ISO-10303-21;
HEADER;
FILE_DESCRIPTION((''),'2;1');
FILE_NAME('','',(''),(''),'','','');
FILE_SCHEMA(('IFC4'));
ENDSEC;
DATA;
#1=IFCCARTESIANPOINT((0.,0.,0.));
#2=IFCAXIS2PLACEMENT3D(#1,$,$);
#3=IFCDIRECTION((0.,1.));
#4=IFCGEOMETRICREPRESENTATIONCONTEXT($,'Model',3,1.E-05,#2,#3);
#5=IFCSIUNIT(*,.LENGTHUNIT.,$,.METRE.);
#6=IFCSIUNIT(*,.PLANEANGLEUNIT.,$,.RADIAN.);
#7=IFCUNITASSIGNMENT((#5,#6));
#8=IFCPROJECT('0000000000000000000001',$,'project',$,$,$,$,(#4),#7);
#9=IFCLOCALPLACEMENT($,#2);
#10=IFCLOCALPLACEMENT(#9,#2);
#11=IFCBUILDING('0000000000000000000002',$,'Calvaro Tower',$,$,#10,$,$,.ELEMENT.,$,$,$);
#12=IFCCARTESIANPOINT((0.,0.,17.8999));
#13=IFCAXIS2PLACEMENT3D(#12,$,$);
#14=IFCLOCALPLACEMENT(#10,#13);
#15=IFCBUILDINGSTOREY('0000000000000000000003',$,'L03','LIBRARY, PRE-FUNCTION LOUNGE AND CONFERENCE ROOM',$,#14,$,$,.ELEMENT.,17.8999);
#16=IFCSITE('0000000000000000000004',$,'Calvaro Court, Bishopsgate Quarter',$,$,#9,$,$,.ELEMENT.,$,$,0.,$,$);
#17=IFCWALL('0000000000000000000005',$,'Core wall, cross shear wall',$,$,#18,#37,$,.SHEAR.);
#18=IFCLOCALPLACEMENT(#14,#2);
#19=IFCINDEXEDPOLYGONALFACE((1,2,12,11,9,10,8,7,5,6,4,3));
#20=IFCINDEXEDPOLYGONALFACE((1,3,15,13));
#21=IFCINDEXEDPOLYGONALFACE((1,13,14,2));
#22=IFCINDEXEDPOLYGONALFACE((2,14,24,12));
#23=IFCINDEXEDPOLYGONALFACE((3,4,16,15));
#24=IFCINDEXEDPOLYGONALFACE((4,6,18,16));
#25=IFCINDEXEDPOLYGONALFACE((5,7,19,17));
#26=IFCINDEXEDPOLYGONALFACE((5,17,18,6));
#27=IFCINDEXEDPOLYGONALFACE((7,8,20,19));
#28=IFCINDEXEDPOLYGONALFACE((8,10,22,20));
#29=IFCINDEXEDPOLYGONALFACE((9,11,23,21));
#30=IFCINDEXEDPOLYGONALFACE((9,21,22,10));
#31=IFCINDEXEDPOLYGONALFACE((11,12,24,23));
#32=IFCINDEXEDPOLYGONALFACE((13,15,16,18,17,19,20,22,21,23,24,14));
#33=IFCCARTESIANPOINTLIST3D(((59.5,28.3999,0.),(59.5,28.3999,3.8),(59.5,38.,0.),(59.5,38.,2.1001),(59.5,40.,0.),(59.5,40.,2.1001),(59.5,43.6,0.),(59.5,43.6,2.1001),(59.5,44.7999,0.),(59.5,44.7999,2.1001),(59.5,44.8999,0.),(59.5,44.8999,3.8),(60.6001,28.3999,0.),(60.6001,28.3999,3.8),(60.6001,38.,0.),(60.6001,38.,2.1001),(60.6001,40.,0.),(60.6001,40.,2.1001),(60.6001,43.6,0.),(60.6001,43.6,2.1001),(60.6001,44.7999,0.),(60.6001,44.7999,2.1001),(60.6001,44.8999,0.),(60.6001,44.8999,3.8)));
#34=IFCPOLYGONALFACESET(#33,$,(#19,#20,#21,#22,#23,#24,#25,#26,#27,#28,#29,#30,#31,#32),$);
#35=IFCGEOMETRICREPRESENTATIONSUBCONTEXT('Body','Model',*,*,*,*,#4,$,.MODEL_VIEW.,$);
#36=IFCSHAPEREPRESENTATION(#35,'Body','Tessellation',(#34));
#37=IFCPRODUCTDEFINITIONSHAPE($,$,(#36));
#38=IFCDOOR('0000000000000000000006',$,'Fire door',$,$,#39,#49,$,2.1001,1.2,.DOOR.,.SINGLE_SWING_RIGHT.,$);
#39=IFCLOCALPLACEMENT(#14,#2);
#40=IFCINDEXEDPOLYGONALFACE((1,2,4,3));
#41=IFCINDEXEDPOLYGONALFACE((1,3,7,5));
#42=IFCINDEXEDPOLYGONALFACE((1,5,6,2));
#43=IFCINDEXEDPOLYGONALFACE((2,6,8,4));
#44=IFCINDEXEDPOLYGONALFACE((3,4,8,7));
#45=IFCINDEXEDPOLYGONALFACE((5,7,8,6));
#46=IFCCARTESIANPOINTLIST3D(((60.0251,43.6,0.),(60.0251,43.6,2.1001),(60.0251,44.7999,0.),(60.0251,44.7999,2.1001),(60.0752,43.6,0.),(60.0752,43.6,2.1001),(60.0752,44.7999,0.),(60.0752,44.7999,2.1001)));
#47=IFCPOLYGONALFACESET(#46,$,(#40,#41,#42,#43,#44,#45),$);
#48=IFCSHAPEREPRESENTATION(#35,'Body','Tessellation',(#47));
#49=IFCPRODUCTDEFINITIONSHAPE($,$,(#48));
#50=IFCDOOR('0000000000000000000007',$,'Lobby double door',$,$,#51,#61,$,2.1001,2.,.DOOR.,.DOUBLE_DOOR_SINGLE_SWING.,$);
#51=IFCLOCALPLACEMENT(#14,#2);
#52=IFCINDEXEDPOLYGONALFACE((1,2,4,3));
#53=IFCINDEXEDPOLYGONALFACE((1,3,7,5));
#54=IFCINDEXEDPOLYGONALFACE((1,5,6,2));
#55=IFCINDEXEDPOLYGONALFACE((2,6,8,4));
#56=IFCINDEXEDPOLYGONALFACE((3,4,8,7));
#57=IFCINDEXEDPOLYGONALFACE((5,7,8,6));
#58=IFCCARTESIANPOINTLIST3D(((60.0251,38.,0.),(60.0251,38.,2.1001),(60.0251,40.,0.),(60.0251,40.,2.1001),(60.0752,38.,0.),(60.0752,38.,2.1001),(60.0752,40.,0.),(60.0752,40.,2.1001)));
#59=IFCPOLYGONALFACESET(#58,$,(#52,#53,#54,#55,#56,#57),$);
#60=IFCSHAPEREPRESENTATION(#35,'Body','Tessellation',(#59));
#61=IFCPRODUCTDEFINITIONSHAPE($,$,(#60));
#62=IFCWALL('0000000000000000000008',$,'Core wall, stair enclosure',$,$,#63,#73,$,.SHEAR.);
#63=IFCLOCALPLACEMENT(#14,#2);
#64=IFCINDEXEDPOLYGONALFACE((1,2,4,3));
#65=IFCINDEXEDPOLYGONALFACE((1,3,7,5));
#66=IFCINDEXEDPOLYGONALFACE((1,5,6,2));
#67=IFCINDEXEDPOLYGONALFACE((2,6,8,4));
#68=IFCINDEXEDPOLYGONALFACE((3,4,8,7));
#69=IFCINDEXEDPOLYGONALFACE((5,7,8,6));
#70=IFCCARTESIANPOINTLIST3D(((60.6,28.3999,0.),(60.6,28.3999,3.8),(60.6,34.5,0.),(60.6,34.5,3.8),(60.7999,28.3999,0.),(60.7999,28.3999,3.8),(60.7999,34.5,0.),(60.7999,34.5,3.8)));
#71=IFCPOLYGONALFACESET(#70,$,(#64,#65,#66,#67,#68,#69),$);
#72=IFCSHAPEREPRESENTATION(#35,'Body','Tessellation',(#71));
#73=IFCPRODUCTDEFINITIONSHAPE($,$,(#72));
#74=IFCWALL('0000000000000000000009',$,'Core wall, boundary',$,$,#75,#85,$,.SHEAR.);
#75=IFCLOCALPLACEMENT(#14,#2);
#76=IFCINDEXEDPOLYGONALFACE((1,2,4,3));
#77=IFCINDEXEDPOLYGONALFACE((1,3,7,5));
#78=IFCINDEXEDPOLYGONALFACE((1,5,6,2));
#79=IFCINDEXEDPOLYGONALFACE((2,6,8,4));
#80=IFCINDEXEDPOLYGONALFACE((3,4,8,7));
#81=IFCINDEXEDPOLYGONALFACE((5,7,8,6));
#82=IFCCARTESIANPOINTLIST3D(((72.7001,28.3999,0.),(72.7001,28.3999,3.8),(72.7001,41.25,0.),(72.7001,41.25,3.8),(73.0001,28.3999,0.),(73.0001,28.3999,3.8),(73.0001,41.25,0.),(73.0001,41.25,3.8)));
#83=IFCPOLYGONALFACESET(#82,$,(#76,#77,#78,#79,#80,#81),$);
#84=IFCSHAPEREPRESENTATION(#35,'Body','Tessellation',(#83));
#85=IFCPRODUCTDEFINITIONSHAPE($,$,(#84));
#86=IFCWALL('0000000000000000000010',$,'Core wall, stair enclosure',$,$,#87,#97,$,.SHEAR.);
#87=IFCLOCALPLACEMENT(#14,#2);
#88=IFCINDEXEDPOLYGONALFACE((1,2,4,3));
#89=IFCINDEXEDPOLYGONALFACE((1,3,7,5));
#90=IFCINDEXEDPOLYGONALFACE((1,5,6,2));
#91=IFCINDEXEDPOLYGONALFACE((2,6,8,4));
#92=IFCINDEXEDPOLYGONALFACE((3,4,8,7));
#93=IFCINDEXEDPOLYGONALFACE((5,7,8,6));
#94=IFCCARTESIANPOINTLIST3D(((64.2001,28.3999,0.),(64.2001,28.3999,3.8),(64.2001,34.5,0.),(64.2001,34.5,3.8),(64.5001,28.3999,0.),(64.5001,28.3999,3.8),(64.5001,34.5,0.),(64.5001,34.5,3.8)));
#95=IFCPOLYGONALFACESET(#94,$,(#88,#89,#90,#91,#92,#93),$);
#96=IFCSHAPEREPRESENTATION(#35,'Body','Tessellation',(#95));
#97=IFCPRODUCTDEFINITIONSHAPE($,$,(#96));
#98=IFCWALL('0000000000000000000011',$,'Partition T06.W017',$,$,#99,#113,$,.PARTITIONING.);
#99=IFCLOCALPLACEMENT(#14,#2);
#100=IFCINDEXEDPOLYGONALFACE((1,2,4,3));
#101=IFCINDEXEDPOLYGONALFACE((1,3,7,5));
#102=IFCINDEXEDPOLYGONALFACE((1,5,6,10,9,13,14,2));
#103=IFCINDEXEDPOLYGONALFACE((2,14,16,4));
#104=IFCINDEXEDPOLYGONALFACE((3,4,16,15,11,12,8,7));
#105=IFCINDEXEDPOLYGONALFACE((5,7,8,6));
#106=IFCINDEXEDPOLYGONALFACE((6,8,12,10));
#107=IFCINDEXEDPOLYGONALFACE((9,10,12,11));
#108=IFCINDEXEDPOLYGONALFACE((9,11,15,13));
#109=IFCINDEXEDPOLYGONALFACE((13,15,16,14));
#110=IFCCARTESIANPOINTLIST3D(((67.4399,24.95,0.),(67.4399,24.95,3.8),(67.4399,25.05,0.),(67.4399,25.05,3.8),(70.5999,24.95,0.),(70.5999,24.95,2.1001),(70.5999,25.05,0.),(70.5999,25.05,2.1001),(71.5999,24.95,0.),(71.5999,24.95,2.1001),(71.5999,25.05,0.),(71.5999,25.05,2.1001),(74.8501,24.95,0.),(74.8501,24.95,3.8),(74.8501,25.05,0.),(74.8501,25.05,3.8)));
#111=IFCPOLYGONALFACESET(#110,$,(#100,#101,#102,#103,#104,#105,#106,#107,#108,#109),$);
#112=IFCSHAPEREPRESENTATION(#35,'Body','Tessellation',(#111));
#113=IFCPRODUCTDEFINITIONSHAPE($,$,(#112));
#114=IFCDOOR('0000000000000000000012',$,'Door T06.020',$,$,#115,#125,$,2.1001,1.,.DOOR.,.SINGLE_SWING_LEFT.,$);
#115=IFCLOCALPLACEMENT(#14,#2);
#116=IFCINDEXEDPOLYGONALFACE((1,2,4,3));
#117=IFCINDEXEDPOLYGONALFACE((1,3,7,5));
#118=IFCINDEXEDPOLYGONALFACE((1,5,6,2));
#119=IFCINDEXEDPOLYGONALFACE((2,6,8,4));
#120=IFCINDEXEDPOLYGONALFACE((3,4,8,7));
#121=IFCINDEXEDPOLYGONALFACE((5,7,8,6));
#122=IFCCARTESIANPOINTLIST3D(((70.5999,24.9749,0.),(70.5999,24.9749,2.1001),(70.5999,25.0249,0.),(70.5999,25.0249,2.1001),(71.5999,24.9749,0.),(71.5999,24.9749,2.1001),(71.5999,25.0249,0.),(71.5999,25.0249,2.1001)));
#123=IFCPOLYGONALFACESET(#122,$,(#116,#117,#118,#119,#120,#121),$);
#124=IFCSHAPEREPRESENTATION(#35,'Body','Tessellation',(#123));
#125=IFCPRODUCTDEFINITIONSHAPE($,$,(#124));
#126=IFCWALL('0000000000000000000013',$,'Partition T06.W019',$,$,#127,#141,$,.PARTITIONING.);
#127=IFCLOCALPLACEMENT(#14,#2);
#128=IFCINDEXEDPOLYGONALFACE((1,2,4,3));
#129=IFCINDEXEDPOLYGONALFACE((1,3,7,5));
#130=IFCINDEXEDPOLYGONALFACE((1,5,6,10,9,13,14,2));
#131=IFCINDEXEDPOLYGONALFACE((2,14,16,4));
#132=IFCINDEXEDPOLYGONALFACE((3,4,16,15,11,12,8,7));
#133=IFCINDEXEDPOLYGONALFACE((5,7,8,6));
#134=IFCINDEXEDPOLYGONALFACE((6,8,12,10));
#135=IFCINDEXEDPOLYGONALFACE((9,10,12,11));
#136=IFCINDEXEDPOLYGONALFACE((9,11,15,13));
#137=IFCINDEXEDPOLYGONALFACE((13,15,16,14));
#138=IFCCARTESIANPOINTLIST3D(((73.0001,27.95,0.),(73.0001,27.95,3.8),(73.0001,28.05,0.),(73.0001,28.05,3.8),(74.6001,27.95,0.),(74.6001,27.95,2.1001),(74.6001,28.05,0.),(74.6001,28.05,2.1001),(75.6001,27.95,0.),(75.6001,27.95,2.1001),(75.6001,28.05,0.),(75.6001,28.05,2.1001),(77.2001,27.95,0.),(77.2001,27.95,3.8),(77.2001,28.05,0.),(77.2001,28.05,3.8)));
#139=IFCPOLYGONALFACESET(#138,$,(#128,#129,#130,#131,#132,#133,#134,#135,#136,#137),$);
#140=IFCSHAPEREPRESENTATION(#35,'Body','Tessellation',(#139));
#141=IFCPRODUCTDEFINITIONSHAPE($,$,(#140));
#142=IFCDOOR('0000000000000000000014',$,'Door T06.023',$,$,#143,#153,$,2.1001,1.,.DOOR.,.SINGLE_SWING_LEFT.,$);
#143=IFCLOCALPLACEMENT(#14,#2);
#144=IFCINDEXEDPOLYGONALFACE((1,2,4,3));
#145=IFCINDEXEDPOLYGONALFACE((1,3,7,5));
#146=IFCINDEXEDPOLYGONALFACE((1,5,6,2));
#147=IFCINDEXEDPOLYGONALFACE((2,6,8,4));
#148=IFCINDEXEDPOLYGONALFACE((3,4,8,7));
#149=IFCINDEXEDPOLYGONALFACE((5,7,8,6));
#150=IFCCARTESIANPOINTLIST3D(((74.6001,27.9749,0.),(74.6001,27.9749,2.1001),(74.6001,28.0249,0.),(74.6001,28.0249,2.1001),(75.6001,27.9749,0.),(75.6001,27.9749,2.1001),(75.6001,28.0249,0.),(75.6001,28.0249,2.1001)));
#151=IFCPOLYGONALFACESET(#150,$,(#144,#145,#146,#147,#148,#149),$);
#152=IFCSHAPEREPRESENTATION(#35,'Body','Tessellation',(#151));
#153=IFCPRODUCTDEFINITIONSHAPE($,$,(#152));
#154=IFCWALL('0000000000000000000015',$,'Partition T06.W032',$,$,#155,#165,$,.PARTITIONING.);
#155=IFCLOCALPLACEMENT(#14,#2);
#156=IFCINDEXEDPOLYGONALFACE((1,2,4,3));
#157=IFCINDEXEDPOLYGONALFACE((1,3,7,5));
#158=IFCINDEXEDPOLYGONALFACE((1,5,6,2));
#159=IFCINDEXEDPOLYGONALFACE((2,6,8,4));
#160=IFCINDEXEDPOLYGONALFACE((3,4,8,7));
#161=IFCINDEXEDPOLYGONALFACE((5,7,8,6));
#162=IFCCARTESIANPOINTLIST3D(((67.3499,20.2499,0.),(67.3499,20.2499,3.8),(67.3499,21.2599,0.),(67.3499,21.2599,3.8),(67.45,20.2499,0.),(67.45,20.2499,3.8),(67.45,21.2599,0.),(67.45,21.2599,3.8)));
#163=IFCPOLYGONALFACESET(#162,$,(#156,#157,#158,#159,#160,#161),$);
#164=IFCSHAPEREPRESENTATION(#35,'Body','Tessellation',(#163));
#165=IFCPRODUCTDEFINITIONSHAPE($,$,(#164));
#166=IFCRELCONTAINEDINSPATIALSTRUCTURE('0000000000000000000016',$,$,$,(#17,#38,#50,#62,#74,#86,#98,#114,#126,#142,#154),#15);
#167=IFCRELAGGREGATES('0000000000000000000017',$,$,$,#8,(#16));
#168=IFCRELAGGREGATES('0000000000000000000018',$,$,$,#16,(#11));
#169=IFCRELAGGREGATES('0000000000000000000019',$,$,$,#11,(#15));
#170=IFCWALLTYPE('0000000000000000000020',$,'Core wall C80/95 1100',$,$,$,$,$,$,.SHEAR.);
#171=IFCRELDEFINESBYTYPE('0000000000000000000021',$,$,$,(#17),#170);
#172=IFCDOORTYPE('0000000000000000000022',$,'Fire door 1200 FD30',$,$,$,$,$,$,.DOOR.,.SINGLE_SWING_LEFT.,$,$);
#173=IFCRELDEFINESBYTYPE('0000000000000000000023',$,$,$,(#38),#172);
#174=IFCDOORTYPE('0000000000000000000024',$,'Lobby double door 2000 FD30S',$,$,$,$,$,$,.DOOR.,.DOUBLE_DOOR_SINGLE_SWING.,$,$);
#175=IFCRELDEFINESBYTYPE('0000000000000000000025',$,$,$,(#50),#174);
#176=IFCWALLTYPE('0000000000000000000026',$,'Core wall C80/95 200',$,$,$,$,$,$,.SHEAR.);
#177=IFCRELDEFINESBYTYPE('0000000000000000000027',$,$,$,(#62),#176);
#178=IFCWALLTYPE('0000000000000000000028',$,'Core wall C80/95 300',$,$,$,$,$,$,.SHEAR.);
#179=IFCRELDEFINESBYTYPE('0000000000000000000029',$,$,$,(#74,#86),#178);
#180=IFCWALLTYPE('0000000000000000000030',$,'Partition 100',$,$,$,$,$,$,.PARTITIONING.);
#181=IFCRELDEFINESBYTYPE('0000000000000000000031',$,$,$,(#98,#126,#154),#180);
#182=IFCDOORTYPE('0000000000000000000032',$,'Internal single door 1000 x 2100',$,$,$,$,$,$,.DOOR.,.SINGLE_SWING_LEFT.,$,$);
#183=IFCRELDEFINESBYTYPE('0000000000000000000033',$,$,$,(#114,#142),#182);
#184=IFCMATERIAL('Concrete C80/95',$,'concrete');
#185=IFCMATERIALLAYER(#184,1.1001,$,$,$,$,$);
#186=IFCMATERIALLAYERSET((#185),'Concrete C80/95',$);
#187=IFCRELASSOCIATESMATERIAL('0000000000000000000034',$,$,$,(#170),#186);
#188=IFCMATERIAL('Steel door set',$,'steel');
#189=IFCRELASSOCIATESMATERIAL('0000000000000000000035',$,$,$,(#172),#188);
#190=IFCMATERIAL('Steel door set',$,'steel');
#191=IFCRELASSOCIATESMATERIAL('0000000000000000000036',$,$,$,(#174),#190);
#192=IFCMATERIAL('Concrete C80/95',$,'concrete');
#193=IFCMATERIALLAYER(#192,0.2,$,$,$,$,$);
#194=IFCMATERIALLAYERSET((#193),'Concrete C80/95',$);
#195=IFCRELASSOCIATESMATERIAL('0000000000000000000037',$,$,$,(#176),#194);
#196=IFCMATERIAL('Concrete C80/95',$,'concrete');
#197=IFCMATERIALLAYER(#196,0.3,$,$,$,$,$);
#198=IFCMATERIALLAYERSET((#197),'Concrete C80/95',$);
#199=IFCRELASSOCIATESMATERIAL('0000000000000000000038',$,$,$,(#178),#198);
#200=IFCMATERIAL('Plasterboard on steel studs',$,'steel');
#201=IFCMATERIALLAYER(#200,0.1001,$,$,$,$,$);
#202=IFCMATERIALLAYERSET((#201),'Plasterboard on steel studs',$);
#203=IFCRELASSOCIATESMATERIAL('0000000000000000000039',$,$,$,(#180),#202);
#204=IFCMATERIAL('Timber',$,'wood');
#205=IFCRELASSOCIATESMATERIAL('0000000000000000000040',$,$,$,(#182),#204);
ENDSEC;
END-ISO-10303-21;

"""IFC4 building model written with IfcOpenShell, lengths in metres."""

from ifc_helpers import new_model, si_unit, direction, frame, frame_2d, origin, place, context, subcontext, project, spatial, rectangle, extrude, material, layer, layer_set, type_object, element, fill, save


model = new_model("IFC4")

# Units and contexts
model_context = context("Model", 3, precision=1e-05, world=origin(), true_north=direction((0.0, 1.0)))
body_context = subcontext(model_context, "Body", "Model", "MODEL_VIEW")
ifc_project = project(units=[si_unit("LENGTHUNIT", "METRE"), si_unit("PLANEANGLEUNIT", "RADIAN")], contexts=[model_context])

# Site, building, storey
site_placement = place(None, origin())
site = spatial("IfcSite", under=ifc_project, at=site_placement, Name="Calvaro Court, Bishopsgate Quarter", CompositionType="ELEMENT", RefElevation=0.0)
building_placement = place(site_placement, origin())
building = spatial("IfcBuilding", under=site, at=building_placement, Name="Calvaro Tower", CompositionType="ELEMENT")
storey_placement = place(building_placement, frame((0.0, 0.0, 17.8999)))
storey = spatial("IfcBuildingStorey", under=building, at=storey_placement, Name="L03", Description="LIBRARY, PRE-FUNCTION LOUNGE AND CONFERENCE ROOM", CompositionType="ELEMENT", Elevation=17.8999)

# Wall, openings, doors
ifc_material_1 = material(Name="Concrete C80/95", Category="concrete")
ifc_layer_1 = layer(ifc_material_1, 1.1001)
ifc_layer_set_1 = layer_set([ifc_layer_1], Name="Concrete C80/95")
wall_type_1 = type_object("IfcWallType", Name="Core wall C80/95 1100", PredefinedType="SHEAR", material=ifc_layer_set_1)
wall_1_placement = place(storey_placement, frame((60.05, 28.3999, 0.0), z_axis=(0.0, 0.0, 1.0), x_axis=(0.0, 1.0, 0.0)))
wall_1 = element("IfcWall", 1, at=wall_1_placement, inside=storey, type_object=wall_type_1, Name="Core wall, cross shear wall", PredefinedType="SHEAR", context=body_context, shape_type="SweptSolid", body=[
    extrude(rectangle(XDim=16.5, YDim=1.1001, at=frame_2d((8.25, 0.0))), origin(), (0.0, 0.0, 1.0), 3.8),
])
opening_1_placement = place(wall_1_placement, frame((9.6001, 0.0, 0.0)))
opening_1 = element("IfcOpeningElement", 2, at=opening_1_placement, cuts=wall_1, PredefinedType="OPENING", context=body_context, shape_type="SweptSolid", body=[
    extrude(rectangle(XDim=2.0, YDim=2.1001, at=frame_2d((1.0, 1.05))), frame((0.0, 0.5601, 0.0), z_axis=(0.0, -1.0, 0.0), x_axis=(1.0, 0.0, 0.0)), (0.0, 0.0, 1.0), 1.1201),
])
opening_2_placement = place(wall_1_placement, frame((15.2, 0.0, 0.0)))
opening_2 = element("IfcOpeningElement", 3, at=opening_2_placement, cuts=wall_1, PredefinedType="OPENING", context=body_context, shape_type="SweptSolid", body=[
    extrude(rectangle(XDim=1.2, YDim=2.1001, at=frame_2d((0.6001, 1.05))), frame((0.0, 0.5601, 0.0), z_axis=(0.0, -1.0, 0.0), x_axis=(1.0, 0.0, 0.0)), (0.0, 0.0, 1.0), 1.1201),
])
ifc_material_2 = material(Name="Steel door set", Category="steel")
door_type_1 = type_object("IfcDoorType", Name="Fire door 1200 FD30", OperationType="SINGLE_SWING_LEFT", PredefinedType="DOOR", material=ifc_material_2)
door_1_placement = place(opening_2_placement, origin())
door_1 = element("IfcDoor", 4, at=door_1_placement, inside=storey, type_object=door_type_1, Name="Fire door", OperationType="SINGLE_SWING_RIGHT", OverallHeight=2.1001, OverallWidth=1.2, PredefinedType="DOOR", context=body_context, shape_type="SweptSolid", body=[
    extrude(rectangle(XDim=1.2, YDim=2.1001, at=frame_2d((0.6001, 1.05))), frame((0.0, 0.0249, 0.0), z_axis=(0.0, -1.0, 0.0), x_axis=(1.0, 0.0, 0.0)), (0.0, 0.0, 1.0), 0.05),
])
fill(opening_2, door_1)
ifc_material_3 = material(Name="Steel door set", Category="steel")
door_type_2 = type_object("IfcDoorType", Name="Lobby double door 2000 FD30S", OperationType="DOUBLE_DOOR_SINGLE_SWING", PredefinedType="DOOR", material=ifc_material_3)
door_2_placement = place(opening_1_placement, origin())
door_2 = element("IfcDoor", 5, at=door_2_placement, inside=storey, type_object=door_type_2, Name="Lobby double door", OperationType="DOUBLE_DOOR_SINGLE_SWING", OverallHeight=2.1001, OverallWidth=2.0, PredefinedType="DOOR", context=body_context, shape_type="SweptSolid", body=[
    extrude(rectangle(XDim=2.0, YDim=2.1001, at=frame_2d((1.0, 1.05))), frame((0.0, 0.0249, 0.0), z_axis=(0.0, -1.0, 0.0), x_axis=(1.0, 0.0, 0.0)), (0.0, 0.0, 1.0), 0.05),
])
fill(opening_1, door_2)

# Walls
ifc_material_4 = material(Name="Concrete C80/95", Category="concrete")
ifc_layer_2 = layer(ifc_material_4, 0.2)
ifc_layer_set_2 = layer_set([ifc_layer_2], Name="Concrete C80/95")
wall_type_2 = type_object("IfcWallType", Name="Core wall C80/95 200", PredefinedType="SHEAR", material=ifc_layer_set_2)
wall_2_placement = place(storey_placement, frame((60.7, 28.3999, 0.0), z_axis=(0.0, 0.0, 1.0), x_axis=(0.0, 1.0, 0.0)))
element("IfcWall", 6, at=wall_2_placement, inside=storey, type_object=wall_type_2, Name="Core wall, stair enclosure", PredefinedType="SHEAR", context=body_context, shape_type="SweptSolid", body=[
    extrude(rectangle(XDim=6.1001, YDim=0.2, at=frame_2d((3.05, 0.0))), origin(), (0.0, 0.0, 1.0), 3.8),
])
ifc_material_5 = material(Name="Concrete C80/95", Category="concrete")
ifc_layer_3 = layer(ifc_material_5, 0.3)
ifc_layer_set_3 = layer_set([ifc_layer_3], Name="Concrete C80/95")
wall_type_3 = type_object("IfcWallType", Name="Core wall C80/95 300", PredefinedType="SHEAR", material=ifc_layer_set_3)
wall_3_placement = place(storey_placement, frame((72.8501, 28.3999, 0.0), z_axis=(0.0, 0.0, 1.0), x_axis=(0.0, 1.0, 0.0)))
element("IfcWall", 7, at=wall_3_placement, inside=storey, type_object=wall_type_3, Name="Core wall, boundary", PredefinedType="SHEAR", context=body_context, shape_type="SweptSolid", body=[
    extrude(rectangle(XDim=12.8501, YDim=0.3, at=frame_2d((6.425, 0.0))), origin(), (0.0, 0.0, 1.0), 3.8),
])
wall_4_placement = place(storey_placement, frame((64.3501, 28.3999, 0.0), z_axis=(0.0, 0.0, 1.0), x_axis=(0.0, 1.0, 0.0)))
element("IfcWall", 8, at=wall_4_placement, inside=storey, type_object=wall_type_3, Name="Core wall, stair enclosure", PredefinedType="SHEAR", context=body_context, shape_type="SweptSolid", body=[
    extrude(rectangle(XDim=6.1001, YDim=0.3, at=frame_2d((3.05, 0.0))), origin(), (0.0, 0.0, 1.0), 3.8),
])

# Walls, openings, doors
ifc_material_6 = material(Name="Plasterboard on steel studs", Category="steel")
ifc_layer_4 = layer(ifc_material_6, 0.1001)
ifc_layer_set_4 = layer_set([ifc_layer_4], Name="Plasterboard on steel studs")
wall_type_4 = type_object("IfcWallType", Name="Partition 100", PredefinedType="PARTITIONING", material=ifc_layer_set_4)
wall_5_placement = place(storey_placement, frame((67.4399, 25.0, 0.0), z_axis=(0.0, 0.0, 1.0), x_axis=(1.0, 0.0, 0.0)))
wall_5 = element("IfcWall", 9, at=wall_5_placement, inside=storey, type_object=wall_type_4, Name="Partition T06.W017", PredefinedType="PARTITIONING", context=body_context, shape_type="SweptSolid", body=[
    extrude(rectangle(XDim=7.4102, YDim=0.1001, at=frame_2d((3.7051, 0.0))), origin(), (0.0, 0.0, 1.0), 3.8),
])
opening_3_placement = place(wall_5_placement, frame((3.1599, 0.0, 0.0)))
opening_3 = element("IfcOpeningElement", 10, at=opening_3_placement, cuts=wall_5, PredefinedType="OPENING", context=body_context, shape_type="SweptSolid", body=[
    extrude(rectangle(XDim=1.0, YDim=2.1001, at=frame_2d((0.5, 1.05))), frame((0.0, 0.0601, 0.0), z_axis=(0.0, -1.0, 0.0), x_axis=(1.0, 0.0, 0.0)), (0.0, 0.0, 1.0), 0.1201),
])
ifc_material_7 = material(Name="Timber", Category="wood")
door_type_3 = type_object("IfcDoorType", Name="Internal single door 1000 x 2100", OperationType="SINGLE_SWING_LEFT", PredefinedType="DOOR", material=ifc_material_7)
door_3_placement = place(opening_3_placement, origin())
door_3 = element("IfcDoor", 11, at=door_3_placement, inside=storey, type_object=door_type_3, Name="Door T06.020", OperationType="SINGLE_SWING_LEFT", OverallHeight=2.1001, OverallWidth=1.0, PredefinedType="DOOR", context=body_context, shape_type="SweptSolid", body=[
    extrude(rectangle(XDim=1.0, YDim=2.1001, at=frame_2d((0.5, 1.05))), frame((0.0, 0.0249, 0.0), z_axis=(0.0, -1.0, 0.0), x_axis=(1.0, 0.0, 0.0)), (0.0, 0.0, 1.0), 0.05),
])
fill(opening_3, door_3)
wall_6_placement = place(storey_placement, frame((73.0, 28.0, 0.0), z_axis=(0.0, 0.0, 1.0), x_axis=(1.0, 0.0, 0.0)))
wall_6 = element("IfcWall", 12, at=wall_6_placement, inside=storey, type_object=wall_type_4, Name="Partition T06.W019", PredefinedType="PARTITIONING", context=body_context, shape_type="SweptSolid", body=[
    extrude(rectangle(XDim=4.2, YDim=0.1001, at=frame_2d((2.1001, 0.0))), origin(), (0.0, 0.0, 1.0), 3.8),
])
opening_4_placement = place(wall_6_placement, frame((1.6001, 0.0, 0.0)))
opening_4 = element("IfcOpeningElement", 13, at=opening_4_placement, cuts=wall_6, PredefinedType="OPENING", context=body_context, shape_type="SweptSolid", body=[
    extrude(rectangle(XDim=1.0, YDim=2.1001, at=frame_2d((0.5, 1.05))), frame((0.0, 0.0601, 0.0), z_axis=(0.0, -1.0, 0.0), x_axis=(1.0, 0.0, 0.0)), (0.0, 0.0, 1.0), 0.1201),
])
door_4_placement = place(opening_4_placement, origin())
door_4 = element("IfcDoor", 14, at=door_4_placement, inside=storey, type_object=door_type_3, Name="Door T06.023", OperationType="SINGLE_SWING_LEFT", OverallHeight=2.1001, OverallWidth=1.0, PredefinedType="DOOR", context=body_context, shape_type="SweptSolid", body=[
    extrude(rectangle(XDim=1.0, YDim=2.1001, at=frame_2d((0.5, 1.05))), frame((0.0, 0.0249, 0.0), z_axis=(0.0, -1.0, 0.0), x_axis=(1.0, 0.0, 0.0)), (0.0, 0.0, 1.0), 0.05),
])
fill(opening_4, door_4)

# Wall
wall_7_placement = place(storey_placement, frame((67.3999, 20.25, 0.0), z_axis=(0.0, 0.0, 1.0), x_axis=(0.0, 1.0, 0.0)))
element("IfcWall", 15, at=wall_7_placement, inside=storey, type_object=wall_type_4, Name="Partition T06.W032", PredefinedType="PARTITIONING", context=body_context, shape_type="SweptSolid", body=[
    extrude(rectangle(XDim=1.01, YDim=0.1001, at=frame_2d((0.5049, 0.0))), origin(), (0.0, 0.0, 1.0), 3.8),
])

save(model, "model.ifc")
